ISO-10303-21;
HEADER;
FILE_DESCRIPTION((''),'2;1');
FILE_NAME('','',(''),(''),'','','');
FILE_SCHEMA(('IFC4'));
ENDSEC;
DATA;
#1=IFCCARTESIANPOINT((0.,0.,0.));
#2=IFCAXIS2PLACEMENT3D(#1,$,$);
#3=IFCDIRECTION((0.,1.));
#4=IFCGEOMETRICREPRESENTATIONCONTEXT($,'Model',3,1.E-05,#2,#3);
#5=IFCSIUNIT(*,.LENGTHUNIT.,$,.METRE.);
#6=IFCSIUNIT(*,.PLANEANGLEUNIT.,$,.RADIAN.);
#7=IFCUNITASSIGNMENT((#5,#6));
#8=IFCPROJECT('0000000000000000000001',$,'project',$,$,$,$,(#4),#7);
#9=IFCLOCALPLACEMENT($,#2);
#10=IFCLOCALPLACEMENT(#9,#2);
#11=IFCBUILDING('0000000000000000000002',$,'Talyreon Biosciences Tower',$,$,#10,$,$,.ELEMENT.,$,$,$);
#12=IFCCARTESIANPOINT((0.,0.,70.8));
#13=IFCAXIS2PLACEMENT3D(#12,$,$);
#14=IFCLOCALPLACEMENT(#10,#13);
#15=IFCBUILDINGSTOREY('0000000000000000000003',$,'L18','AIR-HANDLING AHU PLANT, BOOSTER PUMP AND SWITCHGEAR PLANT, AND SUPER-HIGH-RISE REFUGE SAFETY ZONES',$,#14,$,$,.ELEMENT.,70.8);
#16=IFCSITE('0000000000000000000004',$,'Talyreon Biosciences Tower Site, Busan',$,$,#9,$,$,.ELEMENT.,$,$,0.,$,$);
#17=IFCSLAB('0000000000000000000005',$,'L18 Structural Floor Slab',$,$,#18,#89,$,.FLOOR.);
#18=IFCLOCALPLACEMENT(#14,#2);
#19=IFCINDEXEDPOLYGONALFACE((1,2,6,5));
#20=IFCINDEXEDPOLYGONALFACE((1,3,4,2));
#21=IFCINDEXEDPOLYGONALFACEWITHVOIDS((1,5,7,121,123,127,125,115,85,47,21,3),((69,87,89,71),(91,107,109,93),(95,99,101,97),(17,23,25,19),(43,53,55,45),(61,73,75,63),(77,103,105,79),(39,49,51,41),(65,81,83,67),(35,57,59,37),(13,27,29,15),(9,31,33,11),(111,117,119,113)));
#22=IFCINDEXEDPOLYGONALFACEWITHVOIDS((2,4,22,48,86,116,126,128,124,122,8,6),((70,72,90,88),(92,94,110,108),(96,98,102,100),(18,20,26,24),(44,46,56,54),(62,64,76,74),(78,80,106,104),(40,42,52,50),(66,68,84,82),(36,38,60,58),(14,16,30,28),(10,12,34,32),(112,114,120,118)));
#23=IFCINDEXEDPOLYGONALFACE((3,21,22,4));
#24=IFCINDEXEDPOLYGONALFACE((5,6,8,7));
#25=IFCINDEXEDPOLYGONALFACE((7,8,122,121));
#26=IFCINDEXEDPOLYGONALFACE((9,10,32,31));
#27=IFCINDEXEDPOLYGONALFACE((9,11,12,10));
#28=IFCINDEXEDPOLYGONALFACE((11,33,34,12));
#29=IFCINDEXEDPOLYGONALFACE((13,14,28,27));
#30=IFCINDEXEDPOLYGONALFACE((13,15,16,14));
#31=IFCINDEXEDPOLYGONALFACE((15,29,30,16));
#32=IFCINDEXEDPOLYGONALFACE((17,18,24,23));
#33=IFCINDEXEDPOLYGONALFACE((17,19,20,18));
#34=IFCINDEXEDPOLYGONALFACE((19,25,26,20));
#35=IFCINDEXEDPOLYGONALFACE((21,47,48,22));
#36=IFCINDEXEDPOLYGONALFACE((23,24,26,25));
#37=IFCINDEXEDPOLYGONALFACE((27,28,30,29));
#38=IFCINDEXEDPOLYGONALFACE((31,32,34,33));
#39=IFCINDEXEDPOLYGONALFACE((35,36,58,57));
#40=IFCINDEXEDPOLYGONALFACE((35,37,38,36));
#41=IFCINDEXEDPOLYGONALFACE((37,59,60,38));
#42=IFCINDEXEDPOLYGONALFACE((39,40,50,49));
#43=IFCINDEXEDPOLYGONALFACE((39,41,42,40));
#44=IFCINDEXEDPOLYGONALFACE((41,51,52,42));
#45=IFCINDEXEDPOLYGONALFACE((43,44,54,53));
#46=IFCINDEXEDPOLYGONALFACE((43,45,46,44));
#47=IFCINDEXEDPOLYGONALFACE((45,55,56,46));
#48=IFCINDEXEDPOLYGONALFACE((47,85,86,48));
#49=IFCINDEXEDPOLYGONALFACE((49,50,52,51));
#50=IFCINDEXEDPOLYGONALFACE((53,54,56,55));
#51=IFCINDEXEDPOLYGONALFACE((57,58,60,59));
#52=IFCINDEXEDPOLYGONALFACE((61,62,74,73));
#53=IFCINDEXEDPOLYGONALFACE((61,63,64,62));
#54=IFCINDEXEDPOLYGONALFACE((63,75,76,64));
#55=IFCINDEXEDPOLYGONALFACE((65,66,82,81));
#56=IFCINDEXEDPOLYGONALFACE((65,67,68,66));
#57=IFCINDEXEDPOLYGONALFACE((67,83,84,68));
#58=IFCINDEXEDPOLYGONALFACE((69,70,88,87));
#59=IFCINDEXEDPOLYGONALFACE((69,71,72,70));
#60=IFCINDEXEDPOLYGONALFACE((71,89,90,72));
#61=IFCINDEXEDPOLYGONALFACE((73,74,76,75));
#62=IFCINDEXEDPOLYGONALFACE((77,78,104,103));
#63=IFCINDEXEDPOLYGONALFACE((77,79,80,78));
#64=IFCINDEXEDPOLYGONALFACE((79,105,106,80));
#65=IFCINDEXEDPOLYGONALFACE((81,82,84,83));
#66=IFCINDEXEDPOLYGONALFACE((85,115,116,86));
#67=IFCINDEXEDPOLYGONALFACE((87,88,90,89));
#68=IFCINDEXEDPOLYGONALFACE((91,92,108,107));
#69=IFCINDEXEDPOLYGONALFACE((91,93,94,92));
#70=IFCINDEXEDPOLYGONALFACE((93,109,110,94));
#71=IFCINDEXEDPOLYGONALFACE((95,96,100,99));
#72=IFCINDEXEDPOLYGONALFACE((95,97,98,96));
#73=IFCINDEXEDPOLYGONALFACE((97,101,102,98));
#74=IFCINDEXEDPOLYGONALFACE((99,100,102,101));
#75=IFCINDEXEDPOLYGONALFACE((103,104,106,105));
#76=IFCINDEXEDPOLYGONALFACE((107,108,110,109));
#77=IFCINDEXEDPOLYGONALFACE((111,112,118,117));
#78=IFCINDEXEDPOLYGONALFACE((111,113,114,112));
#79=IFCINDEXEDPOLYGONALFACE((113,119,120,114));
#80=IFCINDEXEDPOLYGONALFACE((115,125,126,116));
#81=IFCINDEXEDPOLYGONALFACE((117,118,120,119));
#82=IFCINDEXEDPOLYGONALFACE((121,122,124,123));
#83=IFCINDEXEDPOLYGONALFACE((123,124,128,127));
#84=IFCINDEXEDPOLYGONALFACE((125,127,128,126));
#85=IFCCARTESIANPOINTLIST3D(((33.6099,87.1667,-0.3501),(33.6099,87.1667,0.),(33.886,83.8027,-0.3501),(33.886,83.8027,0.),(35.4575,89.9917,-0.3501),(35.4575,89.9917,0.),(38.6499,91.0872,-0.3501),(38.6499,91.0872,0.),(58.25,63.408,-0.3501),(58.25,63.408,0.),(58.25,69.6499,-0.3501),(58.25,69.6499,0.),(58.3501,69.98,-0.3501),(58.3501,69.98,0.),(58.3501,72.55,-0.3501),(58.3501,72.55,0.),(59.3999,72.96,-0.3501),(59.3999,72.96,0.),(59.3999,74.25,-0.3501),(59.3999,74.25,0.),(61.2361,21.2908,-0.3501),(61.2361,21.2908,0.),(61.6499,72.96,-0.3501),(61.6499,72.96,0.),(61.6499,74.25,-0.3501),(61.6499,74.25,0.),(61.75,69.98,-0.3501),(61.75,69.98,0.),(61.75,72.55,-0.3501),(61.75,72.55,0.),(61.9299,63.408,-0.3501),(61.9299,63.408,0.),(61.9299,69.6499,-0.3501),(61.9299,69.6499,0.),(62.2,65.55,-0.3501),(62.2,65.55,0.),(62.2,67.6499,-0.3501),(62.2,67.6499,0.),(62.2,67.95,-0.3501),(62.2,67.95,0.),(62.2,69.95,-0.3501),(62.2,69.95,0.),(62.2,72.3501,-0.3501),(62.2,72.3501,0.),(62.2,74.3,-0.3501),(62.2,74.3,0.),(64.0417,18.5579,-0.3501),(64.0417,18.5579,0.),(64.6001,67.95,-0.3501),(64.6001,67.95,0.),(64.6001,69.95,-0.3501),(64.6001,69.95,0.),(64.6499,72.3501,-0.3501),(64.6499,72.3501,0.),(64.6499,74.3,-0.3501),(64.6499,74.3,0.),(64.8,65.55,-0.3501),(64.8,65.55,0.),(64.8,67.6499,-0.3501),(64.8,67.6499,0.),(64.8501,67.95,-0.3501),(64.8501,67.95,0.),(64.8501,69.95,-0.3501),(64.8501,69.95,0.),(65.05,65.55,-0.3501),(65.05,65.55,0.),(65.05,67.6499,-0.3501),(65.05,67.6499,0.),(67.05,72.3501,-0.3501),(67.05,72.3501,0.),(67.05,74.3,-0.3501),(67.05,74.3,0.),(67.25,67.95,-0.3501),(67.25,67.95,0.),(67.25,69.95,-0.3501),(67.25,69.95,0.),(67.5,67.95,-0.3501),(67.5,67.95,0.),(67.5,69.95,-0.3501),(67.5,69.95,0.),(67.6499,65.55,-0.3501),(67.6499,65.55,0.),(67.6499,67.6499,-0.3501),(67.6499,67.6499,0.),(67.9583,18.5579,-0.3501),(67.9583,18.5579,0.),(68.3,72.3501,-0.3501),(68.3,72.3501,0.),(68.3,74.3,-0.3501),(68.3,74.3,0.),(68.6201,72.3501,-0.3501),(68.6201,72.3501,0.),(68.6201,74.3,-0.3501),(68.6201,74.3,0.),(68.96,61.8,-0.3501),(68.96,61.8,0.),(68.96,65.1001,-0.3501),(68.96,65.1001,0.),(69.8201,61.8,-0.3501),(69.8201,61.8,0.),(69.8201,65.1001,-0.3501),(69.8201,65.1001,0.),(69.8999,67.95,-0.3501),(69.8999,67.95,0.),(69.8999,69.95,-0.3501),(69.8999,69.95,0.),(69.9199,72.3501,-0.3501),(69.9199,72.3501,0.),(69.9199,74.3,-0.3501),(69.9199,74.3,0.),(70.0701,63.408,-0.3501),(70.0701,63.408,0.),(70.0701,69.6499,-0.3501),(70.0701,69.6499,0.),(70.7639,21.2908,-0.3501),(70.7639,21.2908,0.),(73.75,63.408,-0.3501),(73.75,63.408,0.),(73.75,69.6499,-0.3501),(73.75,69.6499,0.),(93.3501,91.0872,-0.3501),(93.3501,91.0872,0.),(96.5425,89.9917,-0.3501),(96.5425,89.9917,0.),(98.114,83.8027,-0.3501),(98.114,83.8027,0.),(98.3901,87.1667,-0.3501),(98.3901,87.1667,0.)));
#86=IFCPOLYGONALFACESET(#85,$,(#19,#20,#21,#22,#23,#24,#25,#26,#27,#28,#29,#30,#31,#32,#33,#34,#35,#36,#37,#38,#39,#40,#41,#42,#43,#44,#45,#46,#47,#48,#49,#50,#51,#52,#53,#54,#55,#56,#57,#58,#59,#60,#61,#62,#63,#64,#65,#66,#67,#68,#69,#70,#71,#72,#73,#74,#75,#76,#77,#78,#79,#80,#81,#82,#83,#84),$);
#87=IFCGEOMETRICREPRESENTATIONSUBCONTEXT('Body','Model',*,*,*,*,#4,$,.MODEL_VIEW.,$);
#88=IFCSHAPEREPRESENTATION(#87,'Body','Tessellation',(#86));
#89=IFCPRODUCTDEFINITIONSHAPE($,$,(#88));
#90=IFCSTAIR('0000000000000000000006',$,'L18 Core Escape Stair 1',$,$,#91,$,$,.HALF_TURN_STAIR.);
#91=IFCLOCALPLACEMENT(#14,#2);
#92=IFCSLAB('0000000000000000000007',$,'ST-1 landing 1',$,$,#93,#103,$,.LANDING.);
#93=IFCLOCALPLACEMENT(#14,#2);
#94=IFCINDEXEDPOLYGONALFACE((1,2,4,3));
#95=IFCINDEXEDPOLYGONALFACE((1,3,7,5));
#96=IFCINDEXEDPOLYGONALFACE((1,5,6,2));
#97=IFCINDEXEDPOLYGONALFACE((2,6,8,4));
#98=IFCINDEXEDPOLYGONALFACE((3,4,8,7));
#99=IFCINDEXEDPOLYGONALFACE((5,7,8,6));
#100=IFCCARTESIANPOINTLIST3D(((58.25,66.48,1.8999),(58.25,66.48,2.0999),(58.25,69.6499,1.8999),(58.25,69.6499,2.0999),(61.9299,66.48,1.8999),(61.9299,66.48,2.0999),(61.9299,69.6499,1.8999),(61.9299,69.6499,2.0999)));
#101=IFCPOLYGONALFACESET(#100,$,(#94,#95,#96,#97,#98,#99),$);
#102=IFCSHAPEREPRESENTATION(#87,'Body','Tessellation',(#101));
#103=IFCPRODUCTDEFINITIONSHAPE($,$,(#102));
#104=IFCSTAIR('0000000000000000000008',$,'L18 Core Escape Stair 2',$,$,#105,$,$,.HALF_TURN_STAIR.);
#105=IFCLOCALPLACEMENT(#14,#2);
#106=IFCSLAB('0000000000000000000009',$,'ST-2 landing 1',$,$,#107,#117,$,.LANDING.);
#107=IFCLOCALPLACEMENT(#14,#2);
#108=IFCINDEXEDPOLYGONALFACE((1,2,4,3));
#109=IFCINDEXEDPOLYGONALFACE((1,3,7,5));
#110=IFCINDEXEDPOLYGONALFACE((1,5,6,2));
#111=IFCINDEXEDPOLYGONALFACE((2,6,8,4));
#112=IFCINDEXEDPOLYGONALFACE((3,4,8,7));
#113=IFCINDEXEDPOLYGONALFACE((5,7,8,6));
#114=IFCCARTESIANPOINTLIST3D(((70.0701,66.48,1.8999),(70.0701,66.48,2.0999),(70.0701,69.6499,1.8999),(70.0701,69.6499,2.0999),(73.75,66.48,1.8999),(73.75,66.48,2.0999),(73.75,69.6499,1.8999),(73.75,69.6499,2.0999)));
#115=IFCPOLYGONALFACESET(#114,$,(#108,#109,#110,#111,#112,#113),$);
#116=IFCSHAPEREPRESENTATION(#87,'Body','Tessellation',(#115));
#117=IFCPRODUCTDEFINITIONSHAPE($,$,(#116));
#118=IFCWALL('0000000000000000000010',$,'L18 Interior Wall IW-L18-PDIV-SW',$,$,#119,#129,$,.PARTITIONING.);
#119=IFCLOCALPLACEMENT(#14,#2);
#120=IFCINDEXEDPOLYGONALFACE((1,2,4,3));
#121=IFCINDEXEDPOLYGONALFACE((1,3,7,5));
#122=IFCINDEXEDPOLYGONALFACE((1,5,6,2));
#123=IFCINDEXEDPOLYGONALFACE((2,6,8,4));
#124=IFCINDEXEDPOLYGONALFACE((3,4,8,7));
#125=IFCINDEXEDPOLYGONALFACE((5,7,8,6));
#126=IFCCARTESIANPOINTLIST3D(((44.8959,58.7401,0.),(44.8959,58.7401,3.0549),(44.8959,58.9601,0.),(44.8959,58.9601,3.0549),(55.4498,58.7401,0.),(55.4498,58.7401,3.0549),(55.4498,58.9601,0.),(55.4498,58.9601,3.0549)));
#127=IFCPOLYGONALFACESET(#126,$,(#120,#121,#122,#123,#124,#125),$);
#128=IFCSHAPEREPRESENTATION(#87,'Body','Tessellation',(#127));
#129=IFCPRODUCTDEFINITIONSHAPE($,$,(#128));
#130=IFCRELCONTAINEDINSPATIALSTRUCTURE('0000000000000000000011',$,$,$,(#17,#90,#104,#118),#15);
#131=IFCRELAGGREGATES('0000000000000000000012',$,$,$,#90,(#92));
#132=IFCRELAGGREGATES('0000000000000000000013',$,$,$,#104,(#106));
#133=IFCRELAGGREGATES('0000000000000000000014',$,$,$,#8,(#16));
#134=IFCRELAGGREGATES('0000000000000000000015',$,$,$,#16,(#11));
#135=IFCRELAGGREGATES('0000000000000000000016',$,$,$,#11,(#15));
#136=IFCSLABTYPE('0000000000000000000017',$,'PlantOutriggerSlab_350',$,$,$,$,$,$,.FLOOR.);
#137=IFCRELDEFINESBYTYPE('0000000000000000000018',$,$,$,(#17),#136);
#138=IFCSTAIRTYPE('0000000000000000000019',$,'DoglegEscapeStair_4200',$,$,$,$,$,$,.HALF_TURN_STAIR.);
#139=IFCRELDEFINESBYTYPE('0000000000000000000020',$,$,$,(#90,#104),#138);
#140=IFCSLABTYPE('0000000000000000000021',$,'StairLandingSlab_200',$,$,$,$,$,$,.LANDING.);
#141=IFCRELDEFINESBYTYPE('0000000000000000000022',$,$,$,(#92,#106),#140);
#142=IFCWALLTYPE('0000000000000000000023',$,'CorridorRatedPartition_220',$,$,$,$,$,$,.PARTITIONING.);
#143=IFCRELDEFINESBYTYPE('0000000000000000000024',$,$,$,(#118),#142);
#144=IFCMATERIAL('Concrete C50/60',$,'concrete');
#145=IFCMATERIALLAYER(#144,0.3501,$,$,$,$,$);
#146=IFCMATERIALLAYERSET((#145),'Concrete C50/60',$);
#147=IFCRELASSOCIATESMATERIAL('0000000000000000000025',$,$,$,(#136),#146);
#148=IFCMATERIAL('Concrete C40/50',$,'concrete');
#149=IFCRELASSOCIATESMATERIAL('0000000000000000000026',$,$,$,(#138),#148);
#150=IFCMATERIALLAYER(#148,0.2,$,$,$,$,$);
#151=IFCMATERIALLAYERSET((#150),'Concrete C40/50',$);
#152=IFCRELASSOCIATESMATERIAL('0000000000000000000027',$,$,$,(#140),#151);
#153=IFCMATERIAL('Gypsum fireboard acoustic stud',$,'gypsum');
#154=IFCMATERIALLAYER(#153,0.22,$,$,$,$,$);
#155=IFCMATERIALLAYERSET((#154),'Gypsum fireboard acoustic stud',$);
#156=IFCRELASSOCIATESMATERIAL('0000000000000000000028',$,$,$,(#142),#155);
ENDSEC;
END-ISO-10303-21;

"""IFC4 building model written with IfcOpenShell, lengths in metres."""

from ifc_helpers import new_model, si_unit, direction, frame, frame_2d, origin, place, context, subcontext, project, spatial, polyline, rectangle, outline, extrude, material, layer, layer_set, type_object, element, aggregate, save


model = new_model("IFC4")

# Units and contexts
model_context = context("Model", 3, precision=1e-05, world=origin(), true_north=direction((0.0, 1.0)))
body_context = subcontext(model_context, "Body", "Model", "MODEL_VIEW")
ifc_project = project(units=[si_unit("LENGTHUNIT", "METRE"), si_unit("PLANEANGLEUNIT", "RADIAN")], contexts=[model_context])

# Site, building, storey
site_placement = place(None, origin())
site = spatial("IfcSite", under=ifc_project, at=site_placement, Name="Talyreon Biosciences Tower Site, Busan", CompositionType="ELEMENT", RefElevation=0.0)
building_placement = place(site_placement, origin())
building = spatial("IfcBuilding", under=site, at=building_placement, Name="Talyreon Biosciences Tower", CompositionType="ELEMENT")
storey_placement = place(building_placement, frame((0.0, 0.0, 70.8)))
storey = spatial("IfcBuildingStorey", under=building, at=storey_placement, Name="L18", Description="AIR-HANDLING AHU PLANT, BOOSTER PUMP AND SWITCHGEAR PLANT, AND SUPER-HIGH-RISE REFUGE SAFETY ZONES", CompositionType="ELEMENT", Elevation=70.8)

# Slab
ifc_material_1 = material(Name="Concrete C50/60", Category="concrete")
ifc_layer_1 = layer(ifc_material_1, 0.3501)
ifc_layer_set_1 = layer_set([ifc_layer_1], Name="Concrete C50/60")
slab_type_1 = type_object("IfcSlabType", Name="PlantOutriggerSlab_350", PredefinedType="FLOOR", material=ifc_layer_set_1)
slab_1_placement = place(storey_placement, frame((0.0, 0.0, -0.3501)))
element("IfcSlab", 1, at=slab_1_placement, inside=storey, type_object=slab_type_1, Name="L18 Structural Floor Slab", PredefinedType="FLOOR", context=body_context, shape_type="SweptSolid", body=[
    extrude(outline(polyline([(61.2361, 21.2908), (33.886, 83.8027), (33.6099, 87.1667), (35.4575, 89.9917), (38.6499, 91.0872), (93.3501, 91.0872), (96.5425, 89.9917), (98.3901, 87.1667), (98.114, 83.8027), (70.7639, 21.2908), (67.9583, 18.5579), (64.0417, 18.5579), (61.2361, 21.2908)]), holes=[polyline([(61.9299, 69.6499), (61.9299, 63.408), (58.25, 63.408), (58.25, 69.6499), (61.9299, 69.6499)]), polyline([(64.8, 65.55), (62.2, 65.55), (62.2, 67.6499), (64.8, 67.6499), (64.8, 65.55)]), polyline([(64.6001, 67.95), (62.2, 67.95), (62.2, 69.95), (64.6001, 69.95), (64.6001, 67.95)]), polyline([(67.25, 69.95), (67.25, 67.95), (64.8501, 67.95), (64.8501, 69.95), (67.25, 69.95)]), polyline([(61.75, 69.98), (58.3501, 69.98), (58.3501, 72.55), (61.75, 72.55), (61.75, 69.98)]), polyline([(64.6499, 72.3501), (62.2, 72.3501), (62.2, 74.3), (64.6499, 74.3), (64.6499, 72.3501)]), polyline([(61.6499, 74.25), (61.6499, 72.96), (59.3999, 72.96), (59.3999, 74.25), (61.6499, 74.25)]), polyline([(69.8201, 61.8), (68.96, 61.8), (68.96, 65.1001), (69.8201, 65.1001), (69.8201, 61.8)]), polyline([(73.75, 63.408), (70.0701, 63.408), (70.0701, 69.6499), (73.75, 69.6499), (73.75, 63.408)]), polyline([(67.6499, 65.55), (65.05, 65.55), (65.05, 67.6499), (67.6499, 67.6499), (67.6499, 65.55)]), polyline([(69.8999, 67.95), (67.5, 67.95), (67.5, 69.95), (69.8999, 69.95), (69.8999, 67.95)]), polyline([(68.3, 72.3501), (67.05, 72.3501), (67.05, 74.3), (68.3, 74.3), (68.3, 72.3501)]), polyline([(69.9199, 72.3501), (68.6201, 72.3501), (68.6201, 74.3), (69.9199, 74.3), (69.9199, 72.3501)])]), origin(), (0.0, 0.0, 1.0), 0.3501),
])

# Stairs, slabs
ifc_material_2 = material(Name="Concrete C40/50", Category="concrete")
stair_type = type_object("IfcStairType", Name="DoglegEscapeStair_4200", PredefinedType="HALF_TURN_STAIR", material=ifc_material_2)
stair_1_placement = place(storey_placement, origin())
stair_1 = element("IfcStair", 2, at=stair_1_placement, inside=storey, type_object=stair_type, Name="L18 Core Escape Stair 1", PredefinedType="HALF_TURN_STAIR")
ifc_layer_2 = layer(ifc_material_2, 0.2)
ifc_layer_set_2 = layer_set([ifc_layer_2], Name="Concrete C40/50")
slab_type_2 = type_object("IfcSlabType", Name="StairLandingSlab_200", PredefinedType="LANDING", material=ifc_layer_set_2)
slab_2_placement = place(storey_placement, frame((0.0, 0.0, 1.8999)))
slab_2 = element("IfcSlab", 3, at=slab_2_placement, type_object=slab_type_2, Name="ST-1 landing 1", PredefinedType="LANDING", context=body_context, shape_type="SweptSolid", body=[
    extrude(outline(polyline([(61.9299, 66.48), (61.9299, 69.6499), (58.25, 69.6499), (58.25, 66.48), (61.9299, 66.48)])), origin(), (0.0, 0.0, 1.0), 0.2),
])
aggregate(stair_1, [slab_2])
stair_2_placement = place(storey_placement, origin())
stair_2 = element("IfcStair", 4, at=stair_2_placement, inside=storey, type_object=stair_type, Name="L18 Core Escape Stair 2", PredefinedType="HALF_TURN_STAIR")
slab_3_placement = place(storey_placement, frame((0.0, 0.0, 1.8999)))
slab_3 = element("IfcSlab", 5, at=slab_3_placement, type_object=slab_type_2, Name="ST-2 landing 1", PredefinedType="LANDING", context=body_context, shape_type="SweptSolid", body=[
    extrude(outline(polyline([(73.75, 66.48), (73.75, 69.6499), (70.0701, 69.6499), (70.0701, 66.48), (73.75, 66.48)])), origin(), (0.0, 0.0, 1.0), 0.2),
])
aggregate(stair_2, [slab_3])

# Wall
ifc_material_3 = material(Name="Gypsum fireboard acoustic stud", Category="gypsum")
ifc_layer_3 = layer(ifc_material_3, 0.22)
ifc_layer_set_3 = layer_set([ifc_layer_3], Name="Gypsum fireboard acoustic stud")
wall_type = type_object("IfcWallType", Name="CorridorRatedPartition_220", PredefinedType="PARTITIONING", material=ifc_layer_set_3)
wall_placement = place(storey_placement, frame((44.896, 58.8501, 0.0), z_axis=(0.0, 0.0, 1.0), x_axis=(1.0, 0.0, 0.0)))
element("IfcWall", 6, at=wall_placement, inside=storey, type_object=wall_type, Name="L18 Interior Wall IW-L18-PDIV-SW", PredefinedType="PARTITIONING", context=body_context, shape_type="SweptSolid", body=[
    extrude(rectangle(XDim=10.554, YDim=0.22, at=frame_2d((5.2769, 0.0))), origin(), (0.0, 0.0, 1.0), 3.0549),
])

save(model, "model.ifc")
